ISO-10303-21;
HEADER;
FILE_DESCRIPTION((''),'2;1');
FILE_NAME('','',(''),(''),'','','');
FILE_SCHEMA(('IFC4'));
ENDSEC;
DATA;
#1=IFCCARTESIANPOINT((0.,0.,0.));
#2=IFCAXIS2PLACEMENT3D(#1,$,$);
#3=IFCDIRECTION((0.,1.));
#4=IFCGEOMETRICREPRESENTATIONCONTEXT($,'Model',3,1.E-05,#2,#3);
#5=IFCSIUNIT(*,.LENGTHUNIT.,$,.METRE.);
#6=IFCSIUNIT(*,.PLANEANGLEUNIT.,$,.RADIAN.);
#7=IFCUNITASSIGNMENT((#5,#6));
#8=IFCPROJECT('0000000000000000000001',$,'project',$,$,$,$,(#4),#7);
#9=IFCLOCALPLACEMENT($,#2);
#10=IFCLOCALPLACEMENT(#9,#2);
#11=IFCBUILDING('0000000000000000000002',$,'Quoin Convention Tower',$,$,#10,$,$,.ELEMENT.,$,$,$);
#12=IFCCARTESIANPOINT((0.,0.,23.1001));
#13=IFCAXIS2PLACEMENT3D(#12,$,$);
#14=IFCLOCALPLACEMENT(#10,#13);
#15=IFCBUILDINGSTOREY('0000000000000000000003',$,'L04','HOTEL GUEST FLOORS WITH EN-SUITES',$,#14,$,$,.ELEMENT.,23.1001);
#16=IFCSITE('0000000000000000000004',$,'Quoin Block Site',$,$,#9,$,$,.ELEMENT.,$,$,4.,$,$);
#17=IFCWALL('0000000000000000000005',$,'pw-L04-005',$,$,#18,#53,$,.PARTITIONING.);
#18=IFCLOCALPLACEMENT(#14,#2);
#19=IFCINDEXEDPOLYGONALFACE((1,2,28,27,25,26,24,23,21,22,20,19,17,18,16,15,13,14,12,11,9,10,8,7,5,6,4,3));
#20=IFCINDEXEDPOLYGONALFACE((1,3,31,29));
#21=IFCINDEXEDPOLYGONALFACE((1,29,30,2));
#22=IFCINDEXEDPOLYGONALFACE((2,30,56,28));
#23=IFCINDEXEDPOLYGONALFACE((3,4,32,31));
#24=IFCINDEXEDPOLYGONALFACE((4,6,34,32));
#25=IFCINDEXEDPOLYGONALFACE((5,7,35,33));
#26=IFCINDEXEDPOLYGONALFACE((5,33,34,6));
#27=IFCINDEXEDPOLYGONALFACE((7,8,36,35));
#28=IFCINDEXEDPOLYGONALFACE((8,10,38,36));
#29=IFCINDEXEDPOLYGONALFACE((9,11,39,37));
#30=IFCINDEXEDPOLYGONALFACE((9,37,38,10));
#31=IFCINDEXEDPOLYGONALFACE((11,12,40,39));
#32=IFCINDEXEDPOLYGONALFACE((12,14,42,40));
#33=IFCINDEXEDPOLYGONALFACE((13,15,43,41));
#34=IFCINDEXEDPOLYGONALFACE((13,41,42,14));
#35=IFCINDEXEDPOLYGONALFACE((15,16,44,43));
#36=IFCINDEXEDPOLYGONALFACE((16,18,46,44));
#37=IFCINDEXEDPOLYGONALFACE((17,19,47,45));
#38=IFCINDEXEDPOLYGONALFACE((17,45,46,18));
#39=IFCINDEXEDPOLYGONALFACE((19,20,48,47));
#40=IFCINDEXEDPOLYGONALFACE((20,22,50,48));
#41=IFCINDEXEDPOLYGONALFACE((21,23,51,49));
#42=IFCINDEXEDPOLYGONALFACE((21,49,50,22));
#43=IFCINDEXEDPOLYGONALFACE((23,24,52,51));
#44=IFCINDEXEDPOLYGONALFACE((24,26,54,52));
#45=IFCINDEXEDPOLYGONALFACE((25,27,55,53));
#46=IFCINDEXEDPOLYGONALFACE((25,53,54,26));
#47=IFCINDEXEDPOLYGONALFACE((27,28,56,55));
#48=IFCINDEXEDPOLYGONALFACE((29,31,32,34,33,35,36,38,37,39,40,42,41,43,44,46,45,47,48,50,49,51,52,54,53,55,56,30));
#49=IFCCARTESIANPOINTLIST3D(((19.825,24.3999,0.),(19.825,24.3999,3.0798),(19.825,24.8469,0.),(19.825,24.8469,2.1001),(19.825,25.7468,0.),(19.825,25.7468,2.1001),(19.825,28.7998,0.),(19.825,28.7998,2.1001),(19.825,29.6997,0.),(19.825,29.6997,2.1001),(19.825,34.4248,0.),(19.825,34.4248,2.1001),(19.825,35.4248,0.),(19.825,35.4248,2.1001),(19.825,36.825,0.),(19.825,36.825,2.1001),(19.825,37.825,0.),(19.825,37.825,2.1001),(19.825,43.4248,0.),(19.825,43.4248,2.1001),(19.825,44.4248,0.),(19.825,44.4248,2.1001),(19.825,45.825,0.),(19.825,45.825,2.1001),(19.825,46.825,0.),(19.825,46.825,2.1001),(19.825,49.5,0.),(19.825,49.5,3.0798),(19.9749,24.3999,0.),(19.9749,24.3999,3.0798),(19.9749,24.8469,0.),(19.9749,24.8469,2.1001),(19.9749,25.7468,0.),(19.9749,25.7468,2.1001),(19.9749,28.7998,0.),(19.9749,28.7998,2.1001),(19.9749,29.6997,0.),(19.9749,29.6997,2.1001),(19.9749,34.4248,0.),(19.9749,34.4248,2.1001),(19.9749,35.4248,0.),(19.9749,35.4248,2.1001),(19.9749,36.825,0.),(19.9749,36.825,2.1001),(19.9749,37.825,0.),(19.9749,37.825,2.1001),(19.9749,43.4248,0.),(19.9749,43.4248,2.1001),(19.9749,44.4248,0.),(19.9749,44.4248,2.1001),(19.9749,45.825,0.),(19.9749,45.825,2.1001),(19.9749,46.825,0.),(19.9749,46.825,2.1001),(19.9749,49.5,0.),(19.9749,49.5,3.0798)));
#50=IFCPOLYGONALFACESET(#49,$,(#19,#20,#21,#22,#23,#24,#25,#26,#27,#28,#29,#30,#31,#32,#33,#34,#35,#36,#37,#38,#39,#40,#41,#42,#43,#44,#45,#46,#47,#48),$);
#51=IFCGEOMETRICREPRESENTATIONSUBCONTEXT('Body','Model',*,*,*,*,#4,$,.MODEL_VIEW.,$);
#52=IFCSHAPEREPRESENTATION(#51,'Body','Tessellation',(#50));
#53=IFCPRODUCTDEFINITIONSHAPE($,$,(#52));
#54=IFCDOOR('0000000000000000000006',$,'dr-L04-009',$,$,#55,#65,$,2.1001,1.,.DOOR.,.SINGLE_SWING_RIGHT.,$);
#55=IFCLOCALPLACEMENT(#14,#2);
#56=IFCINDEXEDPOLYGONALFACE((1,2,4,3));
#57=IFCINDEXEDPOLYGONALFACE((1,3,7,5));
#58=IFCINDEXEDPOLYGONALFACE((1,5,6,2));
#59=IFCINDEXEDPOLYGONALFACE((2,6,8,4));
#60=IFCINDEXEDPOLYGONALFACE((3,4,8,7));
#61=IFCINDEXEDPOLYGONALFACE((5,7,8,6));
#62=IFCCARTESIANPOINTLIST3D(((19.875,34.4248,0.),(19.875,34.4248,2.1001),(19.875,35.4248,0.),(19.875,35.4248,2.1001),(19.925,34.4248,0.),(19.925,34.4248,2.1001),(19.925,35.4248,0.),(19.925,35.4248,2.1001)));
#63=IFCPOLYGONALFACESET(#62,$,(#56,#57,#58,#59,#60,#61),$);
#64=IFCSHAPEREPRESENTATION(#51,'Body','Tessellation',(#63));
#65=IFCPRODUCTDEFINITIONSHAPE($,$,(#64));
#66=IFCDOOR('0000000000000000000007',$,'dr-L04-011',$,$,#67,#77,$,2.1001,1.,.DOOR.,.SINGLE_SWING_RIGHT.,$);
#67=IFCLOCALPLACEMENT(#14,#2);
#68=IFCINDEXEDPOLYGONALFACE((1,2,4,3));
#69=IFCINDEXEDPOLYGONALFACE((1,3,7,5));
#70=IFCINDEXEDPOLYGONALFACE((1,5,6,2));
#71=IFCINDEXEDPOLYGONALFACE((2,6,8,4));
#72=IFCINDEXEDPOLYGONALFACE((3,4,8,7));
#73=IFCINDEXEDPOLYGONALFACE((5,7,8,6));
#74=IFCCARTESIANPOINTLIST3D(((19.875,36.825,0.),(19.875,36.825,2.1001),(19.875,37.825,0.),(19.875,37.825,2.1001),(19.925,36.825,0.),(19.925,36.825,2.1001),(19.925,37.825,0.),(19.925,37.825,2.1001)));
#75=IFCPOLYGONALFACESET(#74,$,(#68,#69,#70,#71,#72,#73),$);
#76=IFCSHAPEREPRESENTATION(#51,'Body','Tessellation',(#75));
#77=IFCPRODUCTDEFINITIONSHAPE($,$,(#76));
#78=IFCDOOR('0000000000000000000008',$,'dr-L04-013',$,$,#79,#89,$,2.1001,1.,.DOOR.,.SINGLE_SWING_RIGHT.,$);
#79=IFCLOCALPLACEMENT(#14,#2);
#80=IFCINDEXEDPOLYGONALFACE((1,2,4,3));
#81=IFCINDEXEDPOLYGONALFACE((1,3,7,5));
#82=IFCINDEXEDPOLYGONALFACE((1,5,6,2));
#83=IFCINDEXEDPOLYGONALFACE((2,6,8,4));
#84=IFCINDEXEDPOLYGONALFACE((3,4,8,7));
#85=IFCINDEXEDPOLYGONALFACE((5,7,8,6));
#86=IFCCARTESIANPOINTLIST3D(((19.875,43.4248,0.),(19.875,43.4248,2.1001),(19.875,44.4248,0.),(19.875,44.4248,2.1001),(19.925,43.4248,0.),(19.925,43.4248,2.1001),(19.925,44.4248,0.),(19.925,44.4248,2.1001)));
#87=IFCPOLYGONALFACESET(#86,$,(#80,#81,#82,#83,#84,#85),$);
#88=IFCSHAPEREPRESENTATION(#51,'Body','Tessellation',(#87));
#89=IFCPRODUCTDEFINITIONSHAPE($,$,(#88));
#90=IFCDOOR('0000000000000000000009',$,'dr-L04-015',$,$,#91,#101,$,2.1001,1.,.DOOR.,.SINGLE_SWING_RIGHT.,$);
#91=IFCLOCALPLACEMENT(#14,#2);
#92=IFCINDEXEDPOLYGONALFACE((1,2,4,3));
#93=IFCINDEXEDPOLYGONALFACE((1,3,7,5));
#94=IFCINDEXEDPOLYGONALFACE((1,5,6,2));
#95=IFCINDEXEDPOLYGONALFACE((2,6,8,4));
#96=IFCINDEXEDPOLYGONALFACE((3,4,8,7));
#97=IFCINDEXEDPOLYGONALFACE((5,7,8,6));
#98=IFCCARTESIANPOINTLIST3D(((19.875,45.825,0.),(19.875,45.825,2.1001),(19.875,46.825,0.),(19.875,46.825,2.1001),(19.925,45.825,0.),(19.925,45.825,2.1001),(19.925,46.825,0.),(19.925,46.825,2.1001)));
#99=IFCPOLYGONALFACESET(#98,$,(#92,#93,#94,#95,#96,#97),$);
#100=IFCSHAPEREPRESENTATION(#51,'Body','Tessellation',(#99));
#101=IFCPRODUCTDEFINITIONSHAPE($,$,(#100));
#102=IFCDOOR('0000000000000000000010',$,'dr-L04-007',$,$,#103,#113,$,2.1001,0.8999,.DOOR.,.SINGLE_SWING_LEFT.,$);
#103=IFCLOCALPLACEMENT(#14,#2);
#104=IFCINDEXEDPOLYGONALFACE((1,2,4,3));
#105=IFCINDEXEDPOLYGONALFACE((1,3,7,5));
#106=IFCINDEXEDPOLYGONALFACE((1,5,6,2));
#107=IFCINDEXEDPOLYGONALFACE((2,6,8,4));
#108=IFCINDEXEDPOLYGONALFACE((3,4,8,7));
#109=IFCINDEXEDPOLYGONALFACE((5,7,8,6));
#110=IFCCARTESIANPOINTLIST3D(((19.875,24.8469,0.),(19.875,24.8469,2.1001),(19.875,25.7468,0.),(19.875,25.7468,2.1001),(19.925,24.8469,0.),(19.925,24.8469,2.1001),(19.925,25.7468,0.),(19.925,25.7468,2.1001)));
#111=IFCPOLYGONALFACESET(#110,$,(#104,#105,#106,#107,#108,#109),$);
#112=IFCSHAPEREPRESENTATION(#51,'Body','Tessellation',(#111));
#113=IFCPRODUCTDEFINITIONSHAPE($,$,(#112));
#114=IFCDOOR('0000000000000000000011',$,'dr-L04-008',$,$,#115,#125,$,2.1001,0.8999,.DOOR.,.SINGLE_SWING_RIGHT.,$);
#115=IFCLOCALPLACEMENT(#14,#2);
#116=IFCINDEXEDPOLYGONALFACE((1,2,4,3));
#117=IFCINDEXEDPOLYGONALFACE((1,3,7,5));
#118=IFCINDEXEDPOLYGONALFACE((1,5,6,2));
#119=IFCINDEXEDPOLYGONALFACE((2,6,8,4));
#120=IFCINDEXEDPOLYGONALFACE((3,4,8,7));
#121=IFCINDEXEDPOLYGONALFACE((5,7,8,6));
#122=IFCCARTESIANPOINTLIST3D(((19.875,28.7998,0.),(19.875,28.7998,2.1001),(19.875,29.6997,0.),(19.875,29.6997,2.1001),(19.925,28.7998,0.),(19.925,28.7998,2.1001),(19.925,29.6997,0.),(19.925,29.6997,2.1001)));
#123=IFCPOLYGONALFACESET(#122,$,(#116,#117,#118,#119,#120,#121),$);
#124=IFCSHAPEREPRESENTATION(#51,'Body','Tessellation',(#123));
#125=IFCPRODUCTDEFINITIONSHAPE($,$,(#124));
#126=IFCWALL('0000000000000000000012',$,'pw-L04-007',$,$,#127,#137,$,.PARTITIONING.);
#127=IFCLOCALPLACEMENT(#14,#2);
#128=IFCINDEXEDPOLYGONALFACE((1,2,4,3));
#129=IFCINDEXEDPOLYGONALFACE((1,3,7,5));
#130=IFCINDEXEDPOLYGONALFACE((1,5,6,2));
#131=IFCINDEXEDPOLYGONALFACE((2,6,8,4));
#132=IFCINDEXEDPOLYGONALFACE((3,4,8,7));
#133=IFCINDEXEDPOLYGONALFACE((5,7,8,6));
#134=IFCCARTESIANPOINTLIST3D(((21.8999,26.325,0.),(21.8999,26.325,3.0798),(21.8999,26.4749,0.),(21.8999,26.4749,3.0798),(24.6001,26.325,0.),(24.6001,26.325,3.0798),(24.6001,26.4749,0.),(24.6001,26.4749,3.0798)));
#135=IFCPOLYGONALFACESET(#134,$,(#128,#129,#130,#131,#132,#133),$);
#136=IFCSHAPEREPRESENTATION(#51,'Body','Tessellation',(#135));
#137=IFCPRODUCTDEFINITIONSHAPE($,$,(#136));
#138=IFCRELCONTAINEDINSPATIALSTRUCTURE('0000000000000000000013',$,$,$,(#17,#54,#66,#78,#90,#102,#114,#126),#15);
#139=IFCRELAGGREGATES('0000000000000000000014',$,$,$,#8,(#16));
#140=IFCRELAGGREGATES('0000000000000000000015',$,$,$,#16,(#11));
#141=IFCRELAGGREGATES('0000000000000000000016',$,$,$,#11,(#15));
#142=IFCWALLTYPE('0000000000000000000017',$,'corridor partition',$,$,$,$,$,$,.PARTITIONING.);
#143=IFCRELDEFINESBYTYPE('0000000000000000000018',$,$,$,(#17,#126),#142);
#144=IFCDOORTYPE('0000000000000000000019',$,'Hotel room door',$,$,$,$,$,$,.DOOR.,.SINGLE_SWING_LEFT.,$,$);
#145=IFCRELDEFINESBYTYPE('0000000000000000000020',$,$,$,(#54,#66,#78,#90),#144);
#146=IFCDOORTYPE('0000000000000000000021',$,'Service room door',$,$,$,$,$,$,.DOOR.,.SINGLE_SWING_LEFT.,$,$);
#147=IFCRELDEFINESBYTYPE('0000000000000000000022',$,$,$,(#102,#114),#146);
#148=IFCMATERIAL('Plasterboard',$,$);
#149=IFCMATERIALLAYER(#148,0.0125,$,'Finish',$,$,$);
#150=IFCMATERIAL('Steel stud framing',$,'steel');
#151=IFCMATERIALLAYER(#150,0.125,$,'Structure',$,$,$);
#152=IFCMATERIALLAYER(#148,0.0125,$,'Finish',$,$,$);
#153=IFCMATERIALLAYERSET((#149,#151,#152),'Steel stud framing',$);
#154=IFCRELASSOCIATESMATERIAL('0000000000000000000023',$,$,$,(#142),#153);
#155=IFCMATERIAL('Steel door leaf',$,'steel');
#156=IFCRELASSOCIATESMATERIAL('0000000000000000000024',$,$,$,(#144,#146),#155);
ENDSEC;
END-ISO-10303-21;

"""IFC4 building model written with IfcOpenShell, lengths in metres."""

from ifc_helpers import new_model, si_unit, direction, frame, frame_2d, origin, place, context, subcontext, project, spatial, rectangle, extrude, material, layer, layer_set, type_object, element, fill, save


model = new_model("IFC4")

# Units and contexts
model_context = context("Model", 3, precision=1e-05, world=origin(), true_north=direction((0.0, 1.0)))
body_context = subcontext(model_context, "Body", "Model", "MODEL_VIEW")
ifc_project = project(units=[si_unit("LENGTHUNIT", "METRE"), si_unit("PLANEANGLEUNIT", "RADIAN")], contexts=[model_context])

# Site, building, storey
site_placement = place(None, origin())
site = spatial("IfcSite", under=ifc_project, at=site_placement, Name="Quoin Block Site", CompositionType="ELEMENT", RefElevation=4.0)
building_placement = place(site_placement, origin())
building = spatial("IfcBuilding", under=site, at=building_placement, Name="Quoin Convention Tower", CompositionType="ELEMENT")
storey_placement = place(building_placement, frame((0.0, 0.0, 23.1001)))
storey = spatial("IfcBuildingStorey", under=building, at=storey_placement, Name="L04", Description="HOTEL GUEST FLOORS WITH EN-SUITES", CompositionType="ELEMENT", Elevation=23.1001)

# Shared definitions
ifc_material_1 = material(Name="Steel door leaf", Category="steel")

# Wall, openings, doors
ifc_material_2 = material(Name="Plasterboard")
ifc_layer_1 = layer(ifc_material_2, 0.0125, Name="Finish")
ifc_material_3 = material(Name="Steel stud framing", Category="steel")
ifc_layer_2 = layer(ifc_material_3, 0.125, Name="Structure")
ifc_layer_3 = layer(ifc_material_2, 0.0125, Name="Finish")
ifc_layer_set_1 = layer_set([ifc_layer_1, ifc_layer_2, ifc_layer_3], Name="Steel stud framing")
wall_type_1 = type_object("IfcWallType", Name="corridor partition", PredefinedType="PARTITIONING", material=ifc_layer_set_1)
wall_1_placement = place(storey_placement, frame((19.8999, 24.3999, 0.0), z_axis=(0.0, 0.0, 1.0), x_axis=(0.0, 1.0, 0.0)))
wall_1 = element("IfcWall", 1, at=wall_1_placement, inside=storey, type_object=wall_type_1, Name="pw-L04-005", PredefinedType="PARTITIONING", context=body_context, shape_type="SweptSolid", body=[
    extrude(rectangle(XDim=25.1001, YDim=0.1499, at=frame_2d((12.55, 0.0))), origin(), (0.0, 0.0, 1.0), 3.0798),
])
opening_1_placement = place(wall_1_placement, frame((0.447, 0.0, 0.0)))
opening_1 = element("IfcOpeningElement", 2, at=opening_1_placement, cuts=wall_1, PredefinedType="OPENING", context=body_context, shape_type="SweptSolid", body=[
    extrude(rectangle(XDim=0.8999, YDim=2.1001, at=frame_2d((0.45, 1.05))), frame((0.0, 0.085, 0.0), z_axis=(0.0, -1.0, 0.0), x_axis=(1.0, 0.0, 0.0)), (0.0, 0.0, 1.0), 0.1699),
])
opening_2_placement = place(wall_1_placement, frame((4.3999, 0.0, 0.0)))
opening_2 = element("IfcOpeningElement", 3, at=opening_2_placement, cuts=wall_1, PredefinedType="OPENING", context=body_context, shape_type="SweptSolid", body=[
    extrude(rectangle(XDim=0.8999, YDim=2.1001, at=frame_2d((0.45, 1.05))), frame((0.0, 0.085, 0.0), z_axis=(0.0, -1.0, 0.0), x_axis=(1.0, 0.0, 0.0)), (0.0, 0.0, 1.0), 0.1699),
])
opening_3_placement = place(wall_1_placement, frame((10.0249, 0.0, 0.0)))
opening_3 = element("IfcOpeningElement", 4, at=opening_3_placement, cuts=wall_1, PredefinedType="OPENING", context=body_context, shape_type="SweptSolid", body=[
    extrude(rectangle(XDim=1.0, YDim=2.1001, at=frame_2d((0.5, 1.05))), frame((0.0, 0.085, 0.0), z_axis=(0.0, -1.0, 0.0), x_axis=(1.0, 0.0, 0.0)), (0.0, 0.0, 1.0), 0.1699),
])
opening_4_placement = place(wall_1_placement, frame((12.425, 0.0, 0.0)))
opening_4 = element("IfcOpeningElement", 5, at=opening_4_placement, cuts=wall_1, PredefinedType="OPENING", context=body_context, shape_type="SweptSolid", body=[
    extrude(rectangle(XDim=1.0, YDim=2.1001, at=frame_2d((0.5, 1.05))), frame((0.0, 0.085, 0.0), z_axis=(0.0, -1.0, 0.0), x_axis=(1.0, 0.0, 0.0)), (0.0, 0.0, 1.0), 0.1699),
])
opening_5_placement = place(wall_1_placement, frame((19.0249, 0.0, 0.0)))
opening_5 = element("IfcOpeningElement", 6, at=opening_5_placement, cuts=wall_1, PredefinedType="OPENING", context=body_context, shape_type="SweptSolid", body=[
    extrude(rectangle(XDim=1.0, YDim=2.1001, at=frame_2d((0.5, 1.05))), frame((0.0, 0.085, 0.0), z_axis=(0.0, -1.0, 0.0), x_axis=(1.0, 0.0, 0.0)), (0.0, 0.0, 1.0), 0.1699),
])
opening_6_placement = place(wall_1_placement, frame((21.425, 0.0, 0.0)))
opening_6 = element("IfcOpeningElement", 7, at=opening_6_placement, cuts=wall_1, PredefinedType="OPENING", context=body_context, shape_type="SweptSolid", body=[
    extrude(rectangle(XDim=1.0, YDim=2.1001, at=frame_2d((0.5, 1.05))), frame((0.0, 0.085, 0.0), z_axis=(0.0, -1.0, 0.0), x_axis=(1.0, 0.0, 0.0)), (0.0, 0.0, 1.0), 0.1699),
])
door_type_1 = type_object("IfcDoorType", Name="Hotel room door", OperationType="SINGLE_SWING_LEFT", PredefinedType="DOOR", material=ifc_material_1)
door_1_placement = place(opening_3_placement, origin())
door_1 = element("IfcDoor", 8, at=door_1_placement, inside=storey, type_object=door_type_1, Name="dr-L04-009", OperationType="SINGLE_SWING_RIGHT", OverallHeight=2.1001, OverallWidth=1.0, PredefinedType="DOOR", context=body_context, shape_type="SweptSolid", body=[
    extrude(rectangle(XDim=1.0, YDim=2.1001, at=frame_2d((0.5, 1.05))), frame((0.0, 0.0249, 0.0), z_axis=(0.0, -1.0, 0.0), x_axis=(1.0, 0.0, 0.0)), (0.0, 0.0, 1.0), 0.05),
])
fill(opening_3, door_1)
door_2_placement = place(opening_4_placement, origin())
door_2 = element("IfcDoor", 9, at=door_2_placement, inside=storey, type_object=door_type_1, Name="dr-L04-011", OperationType="SINGLE_SWING_RIGHT", OverallHeight=2.1001, OverallWidth=1.0, PredefinedType="DOOR", context=body_context, shape_type="SweptSolid", body=[
    extrude(rectangle(XDim=1.0, YDim=2.1001, at=frame_2d((0.5, 1.05))), frame((0.0, 0.0249, 0.0), z_axis=(0.0, -1.0, 0.0), x_axis=(1.0, 0.0, 0.0)), (0.0, 0.0, 1.0), 0.05),
])
fill(opening_4, door_2)
door_3_placement = place(opening_5_placement, origin())
door_3 = element("IfcDoor", 10, at=door_3_placement, inside=storey, type_object=door_type_1, Name="dr-L04-013", OperationType="SINGLE_SWING_RIGHT", OverallHeight=2.1001, OverallWidth=1.0, PredefinedType="DOOR", context=body_context, shape_type="SweptSolid", body=[
    extrude(rectangle(XDim=1.0, YDim=2.1001, at=frame_2d((0.5, 1.05))), frame((0.0, 0.0249, 0.0), z_axis=(0.0, -1.0, 0.0), x_axis=(1.0, 0.0, 0.0)), (0.0, 0.0, 1.0), 0.05),
])
fill(opening_5, door_3)
door_4_placement = place(opening_6_placement, origin())
door_4 = element("IfcDoor", 11, at=door_4_placement, inside=storey, type_object=door_type_1, Name="dr-L04-015", OperationType="SINGLE_SWING_RIGHT", OverallHeight=2.1001, OverallWidth=1.0, PredefinedType="DOOR", context=body_context, shape_type="SweptSolid", body=[
    extrude(rectangle(XDim=1.0, YDim=2.1001, at=frame_2d((0.5, 1.05))), frame((0.0, 0.0249, 0.0), z_axis=(0.0, -1.0, 0.0), x_axis=(1.0, 0.0, 0.0)), (0.0, 0.0, 1.0), 0.05),
])
fill(opening_6, door_4)
door_type_2 = type_object("IfcDoorType", Name="Service room door", OperationType="SINGLE_SWING_LEFT", PredefinedType="DOOR", material=ifc_material_1)
door_5_placement = place(opening_1_placement, origin())
door_5 = element("IfcDoor", 12, at=door_5_placement, inside=storey, type_object=door_type_2, Name="dr-L04-007", OperationType="SINGLE_SWING_LEFT", OverallHeight=2.1001, OverallWidth=0.8999, PredefinedType="DOOR", context=body_context, shape_type="SweptSolid", body=[
    extrude(rectangle(XDim=0.8999, YDim=2.1001, at=frame_2d((0.45, 1.05))), frame((0.0, 0.0249, 0.0), z_axis=(0.0, -1.0, 0.0), x_axis=(1.0, 0.0, 0.0)), (0.0, 0.0, 1.0), 0.05),
])
fill(opening_1, door_5)
door_6_placement = place(opening_2_placement, origin())
door_6 = element("IfcDoor", 13, at=door_6_placement, inside=storey, type_object=door_type_2, Name="dr-L04-008", OperationType="SINGLE_SWING_RIGHT", OverallHeight=2.1001, OverallWidth=0.8999, PredefinedType="DOOR", context=body_context, shape_type="SweptSolid", body=[
    extrude(rectangle(XDim=0.8999, YDim=2.1001, at=frame_2d((0.45, 1.05))), frame((0.0, 0.0249, 0.0), z_axis=(0.0, -1.0, 0.0), x_axis=(1.0, 0.0, 0.0)), (0.0, 0.0, 1.0), 0.05),
])
fill(opening_2, door_6)

# Wall
wall_2_placement = place(storey_placement, frame((21.8999, 26.3999, 0.0), z_axis=(0.0, 0.0, 1.0), x_axis=(1.0, 0.0, 0.0)))
element("IfcWall", 14, at=wall_2_placement, inside=storey, type_object=wall_type_1, Name="pw-L04-007", PredefinedType="PARTITIONING", context=body_context, shape_type="SweptSolid", body=[
    extrude(rectangle(XDim=2.7002, YDim=0.1499, at=frame_2d((1.3501, 0.0))), origin(), (0.0, 0.0, 1.0), 3.0798),
])

save(model, "model.ifc")
